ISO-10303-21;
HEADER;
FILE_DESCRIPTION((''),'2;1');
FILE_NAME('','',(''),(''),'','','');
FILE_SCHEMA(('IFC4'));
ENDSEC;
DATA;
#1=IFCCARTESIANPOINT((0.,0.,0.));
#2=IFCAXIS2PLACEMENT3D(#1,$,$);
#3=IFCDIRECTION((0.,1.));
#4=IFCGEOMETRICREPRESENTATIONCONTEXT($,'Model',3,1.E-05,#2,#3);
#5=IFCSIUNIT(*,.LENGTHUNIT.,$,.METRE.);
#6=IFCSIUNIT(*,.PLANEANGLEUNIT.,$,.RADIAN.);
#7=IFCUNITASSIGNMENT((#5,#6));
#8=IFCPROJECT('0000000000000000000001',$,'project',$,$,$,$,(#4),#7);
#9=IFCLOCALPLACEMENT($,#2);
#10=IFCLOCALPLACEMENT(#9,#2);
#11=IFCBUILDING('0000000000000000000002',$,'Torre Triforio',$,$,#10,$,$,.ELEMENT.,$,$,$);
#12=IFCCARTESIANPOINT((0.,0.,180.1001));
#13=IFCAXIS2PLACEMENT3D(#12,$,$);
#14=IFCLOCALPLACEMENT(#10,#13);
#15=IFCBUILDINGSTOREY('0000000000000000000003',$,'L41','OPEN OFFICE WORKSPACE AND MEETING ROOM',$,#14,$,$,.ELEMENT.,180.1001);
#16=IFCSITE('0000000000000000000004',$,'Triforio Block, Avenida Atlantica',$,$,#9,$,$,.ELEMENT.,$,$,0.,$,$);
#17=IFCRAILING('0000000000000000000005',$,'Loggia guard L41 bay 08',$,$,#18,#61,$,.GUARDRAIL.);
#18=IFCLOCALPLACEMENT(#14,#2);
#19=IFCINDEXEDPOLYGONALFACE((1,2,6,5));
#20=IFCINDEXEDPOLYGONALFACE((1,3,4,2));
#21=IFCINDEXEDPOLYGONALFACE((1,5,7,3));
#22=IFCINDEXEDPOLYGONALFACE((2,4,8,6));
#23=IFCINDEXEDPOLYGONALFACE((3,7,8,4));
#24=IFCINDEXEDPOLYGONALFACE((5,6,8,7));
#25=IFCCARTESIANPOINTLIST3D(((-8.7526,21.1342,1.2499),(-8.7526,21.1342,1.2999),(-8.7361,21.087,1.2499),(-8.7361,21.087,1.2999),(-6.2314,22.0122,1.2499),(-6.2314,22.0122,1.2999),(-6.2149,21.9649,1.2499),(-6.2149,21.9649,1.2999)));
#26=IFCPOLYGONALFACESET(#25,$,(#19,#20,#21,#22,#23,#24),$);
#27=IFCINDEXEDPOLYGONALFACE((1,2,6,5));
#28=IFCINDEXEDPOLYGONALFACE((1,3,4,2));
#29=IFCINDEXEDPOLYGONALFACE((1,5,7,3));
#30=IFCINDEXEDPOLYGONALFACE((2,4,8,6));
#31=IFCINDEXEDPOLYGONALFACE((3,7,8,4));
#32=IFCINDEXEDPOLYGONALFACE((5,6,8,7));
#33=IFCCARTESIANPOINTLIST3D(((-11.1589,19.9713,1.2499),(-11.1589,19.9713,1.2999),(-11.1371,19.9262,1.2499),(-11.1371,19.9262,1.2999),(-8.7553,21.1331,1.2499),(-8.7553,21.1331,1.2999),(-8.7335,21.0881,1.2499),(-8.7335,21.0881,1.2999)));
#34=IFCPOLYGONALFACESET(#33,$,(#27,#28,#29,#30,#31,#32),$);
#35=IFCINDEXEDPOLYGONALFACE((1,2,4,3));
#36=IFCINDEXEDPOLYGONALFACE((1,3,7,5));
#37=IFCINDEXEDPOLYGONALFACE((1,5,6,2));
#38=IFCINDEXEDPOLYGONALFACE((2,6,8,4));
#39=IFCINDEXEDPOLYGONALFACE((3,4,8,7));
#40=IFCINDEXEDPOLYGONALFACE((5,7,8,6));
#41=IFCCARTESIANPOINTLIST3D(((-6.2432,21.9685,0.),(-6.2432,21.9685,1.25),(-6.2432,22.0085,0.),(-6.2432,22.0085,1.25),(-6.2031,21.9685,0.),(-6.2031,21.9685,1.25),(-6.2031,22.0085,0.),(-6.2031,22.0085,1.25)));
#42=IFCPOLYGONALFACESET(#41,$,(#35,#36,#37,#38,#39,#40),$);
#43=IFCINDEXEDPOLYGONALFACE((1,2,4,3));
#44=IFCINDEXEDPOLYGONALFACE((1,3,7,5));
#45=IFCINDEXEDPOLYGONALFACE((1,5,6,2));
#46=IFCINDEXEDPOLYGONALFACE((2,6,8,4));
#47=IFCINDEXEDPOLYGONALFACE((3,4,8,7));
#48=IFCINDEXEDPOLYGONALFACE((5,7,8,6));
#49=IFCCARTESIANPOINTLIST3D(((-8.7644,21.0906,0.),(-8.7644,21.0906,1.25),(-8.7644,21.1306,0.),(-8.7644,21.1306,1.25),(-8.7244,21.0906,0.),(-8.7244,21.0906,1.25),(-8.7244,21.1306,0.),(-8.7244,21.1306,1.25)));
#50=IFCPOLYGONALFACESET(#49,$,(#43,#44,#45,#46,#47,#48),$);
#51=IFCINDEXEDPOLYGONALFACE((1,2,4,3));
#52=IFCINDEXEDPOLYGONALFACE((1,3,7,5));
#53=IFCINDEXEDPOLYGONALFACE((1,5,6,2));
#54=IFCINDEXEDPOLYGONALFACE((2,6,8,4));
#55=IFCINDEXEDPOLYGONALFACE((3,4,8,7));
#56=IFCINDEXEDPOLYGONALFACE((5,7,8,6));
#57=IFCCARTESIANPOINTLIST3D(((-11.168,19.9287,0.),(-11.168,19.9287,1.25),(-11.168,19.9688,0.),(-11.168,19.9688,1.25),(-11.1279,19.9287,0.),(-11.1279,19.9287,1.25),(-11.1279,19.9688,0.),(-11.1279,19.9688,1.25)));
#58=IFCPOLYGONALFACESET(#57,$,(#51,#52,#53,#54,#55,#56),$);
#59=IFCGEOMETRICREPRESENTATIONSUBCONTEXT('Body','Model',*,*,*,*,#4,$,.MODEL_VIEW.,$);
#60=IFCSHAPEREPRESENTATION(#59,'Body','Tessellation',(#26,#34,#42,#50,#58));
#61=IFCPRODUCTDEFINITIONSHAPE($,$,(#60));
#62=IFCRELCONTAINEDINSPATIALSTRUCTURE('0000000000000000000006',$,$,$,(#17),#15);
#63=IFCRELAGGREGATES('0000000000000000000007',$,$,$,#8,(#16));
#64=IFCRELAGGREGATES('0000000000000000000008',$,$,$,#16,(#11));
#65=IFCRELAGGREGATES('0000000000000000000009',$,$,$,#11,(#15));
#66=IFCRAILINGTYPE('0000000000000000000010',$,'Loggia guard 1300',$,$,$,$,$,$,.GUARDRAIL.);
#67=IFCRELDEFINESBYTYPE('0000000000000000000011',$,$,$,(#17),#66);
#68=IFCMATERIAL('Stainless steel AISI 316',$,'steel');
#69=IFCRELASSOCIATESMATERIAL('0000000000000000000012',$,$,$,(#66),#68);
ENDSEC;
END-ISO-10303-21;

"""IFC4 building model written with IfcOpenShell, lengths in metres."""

from ifc_helpers import new_model, si_unit, direction, frame, origin, origin_2d, place, context, subcontext, project, spatial, rectangle, extrude, material, type_object, element, save


model = new_model("IFC4")

# Units and contexts
model_context = context("Model", 3, precision=1e-05, world=origin(), true_north=direction((0.0, 1.0)))
body_context = subcontext(model_context, "Body", "Model", "MODEL_VIEW")
ifc_project = project(units=[si_unit("LENGTHUNIT", "METRE"), si_unit("PLANEANGLEUNIT", "RADIAN")], contexts=[model_context])

# Site, building, storey
site_placement = place(None, origin())
site = spatial("IfcSite", under=ifc_project, at=site_placement, Name="Triforio Block, Avenida Atlantica", CompositionType="ELEMENT", RefElevation=0.0)
building_placement = place(site_placement, origin())
building = spatial("IfcBuilding", under=site, at=building_placement, Name="Torre Triforio", CompositionType="ELEMENT")
storey_placement = place(building_placement, frame((0.0, 0.0, 180.1001)))
storey = spatial("IfcBuildingStorey", under=building, at=storey_placement, Name="L41", Description="OPEN OFFICE WORKSPACE AND MEETING ROOM", CompositionType="ELEMENT", Elevation=180.1001)

# Railing
ifc_material_1 = material(Name="Stainless steel AISI 316", Category="steel")
railing_type = type_object("IfcRailingType", Name="Loggia guard 1300", PredefinedType="GUARDRAIL", material=ifc_material_1)
railing_1_placement = place(storey_placement, frame((-6.2231, 21.9885, 0.0)))
element("IfcRailing", 1, at=railing_1_placement, inside=storey, type_object=railing_type, Name="Loggia guard L41 bay 08", PredefinedType="GUARDRAIL", context=body_context, shape_type="SweptSolid", body=[
    extrude(rectangle(XDim=0.05, YDim=0.05, at=origin_2d()), frame((0.0, 0.0, 1.2749), z_axis=(-0.944383, -0.328847, 0.0), x_axis=(0.328847, -0.944383, 0.0)), (0.0, 0.0, 1.0), 2.6697),
    extrude(rectangle(XDim=0.05, YDim=0.05, at=origin_2d()), frame((-2.5212, -0.8779, 1.2749), z_axis=(-0.900328, -0.435212, 0.0), x_axis=(0.435212, -0.900328, 0.0)), (0.0, 0.0, 1.0), 2.6697),
    extrude(rectangle(XDim=0.04, YDim=0.04, at=origin_2d()), origin(), (0.0, 0.0, 1.0), 1.25),
    extrude(rectangle(XDim=0.04, YDim=0.04, at=origin_2d()), frame((-2.5212, -0.8779, 0.0)), (0.0, 0.0, 1.0), 1.25),
    extrude(rectangle(XDim=0.04, YDim=0.04, at=origin_2d()), frame((-4.9248, -2.0398, 0.0)), (0.0, 0.0, 1.0), 1.25),
])

save(model, "model.ifc")
